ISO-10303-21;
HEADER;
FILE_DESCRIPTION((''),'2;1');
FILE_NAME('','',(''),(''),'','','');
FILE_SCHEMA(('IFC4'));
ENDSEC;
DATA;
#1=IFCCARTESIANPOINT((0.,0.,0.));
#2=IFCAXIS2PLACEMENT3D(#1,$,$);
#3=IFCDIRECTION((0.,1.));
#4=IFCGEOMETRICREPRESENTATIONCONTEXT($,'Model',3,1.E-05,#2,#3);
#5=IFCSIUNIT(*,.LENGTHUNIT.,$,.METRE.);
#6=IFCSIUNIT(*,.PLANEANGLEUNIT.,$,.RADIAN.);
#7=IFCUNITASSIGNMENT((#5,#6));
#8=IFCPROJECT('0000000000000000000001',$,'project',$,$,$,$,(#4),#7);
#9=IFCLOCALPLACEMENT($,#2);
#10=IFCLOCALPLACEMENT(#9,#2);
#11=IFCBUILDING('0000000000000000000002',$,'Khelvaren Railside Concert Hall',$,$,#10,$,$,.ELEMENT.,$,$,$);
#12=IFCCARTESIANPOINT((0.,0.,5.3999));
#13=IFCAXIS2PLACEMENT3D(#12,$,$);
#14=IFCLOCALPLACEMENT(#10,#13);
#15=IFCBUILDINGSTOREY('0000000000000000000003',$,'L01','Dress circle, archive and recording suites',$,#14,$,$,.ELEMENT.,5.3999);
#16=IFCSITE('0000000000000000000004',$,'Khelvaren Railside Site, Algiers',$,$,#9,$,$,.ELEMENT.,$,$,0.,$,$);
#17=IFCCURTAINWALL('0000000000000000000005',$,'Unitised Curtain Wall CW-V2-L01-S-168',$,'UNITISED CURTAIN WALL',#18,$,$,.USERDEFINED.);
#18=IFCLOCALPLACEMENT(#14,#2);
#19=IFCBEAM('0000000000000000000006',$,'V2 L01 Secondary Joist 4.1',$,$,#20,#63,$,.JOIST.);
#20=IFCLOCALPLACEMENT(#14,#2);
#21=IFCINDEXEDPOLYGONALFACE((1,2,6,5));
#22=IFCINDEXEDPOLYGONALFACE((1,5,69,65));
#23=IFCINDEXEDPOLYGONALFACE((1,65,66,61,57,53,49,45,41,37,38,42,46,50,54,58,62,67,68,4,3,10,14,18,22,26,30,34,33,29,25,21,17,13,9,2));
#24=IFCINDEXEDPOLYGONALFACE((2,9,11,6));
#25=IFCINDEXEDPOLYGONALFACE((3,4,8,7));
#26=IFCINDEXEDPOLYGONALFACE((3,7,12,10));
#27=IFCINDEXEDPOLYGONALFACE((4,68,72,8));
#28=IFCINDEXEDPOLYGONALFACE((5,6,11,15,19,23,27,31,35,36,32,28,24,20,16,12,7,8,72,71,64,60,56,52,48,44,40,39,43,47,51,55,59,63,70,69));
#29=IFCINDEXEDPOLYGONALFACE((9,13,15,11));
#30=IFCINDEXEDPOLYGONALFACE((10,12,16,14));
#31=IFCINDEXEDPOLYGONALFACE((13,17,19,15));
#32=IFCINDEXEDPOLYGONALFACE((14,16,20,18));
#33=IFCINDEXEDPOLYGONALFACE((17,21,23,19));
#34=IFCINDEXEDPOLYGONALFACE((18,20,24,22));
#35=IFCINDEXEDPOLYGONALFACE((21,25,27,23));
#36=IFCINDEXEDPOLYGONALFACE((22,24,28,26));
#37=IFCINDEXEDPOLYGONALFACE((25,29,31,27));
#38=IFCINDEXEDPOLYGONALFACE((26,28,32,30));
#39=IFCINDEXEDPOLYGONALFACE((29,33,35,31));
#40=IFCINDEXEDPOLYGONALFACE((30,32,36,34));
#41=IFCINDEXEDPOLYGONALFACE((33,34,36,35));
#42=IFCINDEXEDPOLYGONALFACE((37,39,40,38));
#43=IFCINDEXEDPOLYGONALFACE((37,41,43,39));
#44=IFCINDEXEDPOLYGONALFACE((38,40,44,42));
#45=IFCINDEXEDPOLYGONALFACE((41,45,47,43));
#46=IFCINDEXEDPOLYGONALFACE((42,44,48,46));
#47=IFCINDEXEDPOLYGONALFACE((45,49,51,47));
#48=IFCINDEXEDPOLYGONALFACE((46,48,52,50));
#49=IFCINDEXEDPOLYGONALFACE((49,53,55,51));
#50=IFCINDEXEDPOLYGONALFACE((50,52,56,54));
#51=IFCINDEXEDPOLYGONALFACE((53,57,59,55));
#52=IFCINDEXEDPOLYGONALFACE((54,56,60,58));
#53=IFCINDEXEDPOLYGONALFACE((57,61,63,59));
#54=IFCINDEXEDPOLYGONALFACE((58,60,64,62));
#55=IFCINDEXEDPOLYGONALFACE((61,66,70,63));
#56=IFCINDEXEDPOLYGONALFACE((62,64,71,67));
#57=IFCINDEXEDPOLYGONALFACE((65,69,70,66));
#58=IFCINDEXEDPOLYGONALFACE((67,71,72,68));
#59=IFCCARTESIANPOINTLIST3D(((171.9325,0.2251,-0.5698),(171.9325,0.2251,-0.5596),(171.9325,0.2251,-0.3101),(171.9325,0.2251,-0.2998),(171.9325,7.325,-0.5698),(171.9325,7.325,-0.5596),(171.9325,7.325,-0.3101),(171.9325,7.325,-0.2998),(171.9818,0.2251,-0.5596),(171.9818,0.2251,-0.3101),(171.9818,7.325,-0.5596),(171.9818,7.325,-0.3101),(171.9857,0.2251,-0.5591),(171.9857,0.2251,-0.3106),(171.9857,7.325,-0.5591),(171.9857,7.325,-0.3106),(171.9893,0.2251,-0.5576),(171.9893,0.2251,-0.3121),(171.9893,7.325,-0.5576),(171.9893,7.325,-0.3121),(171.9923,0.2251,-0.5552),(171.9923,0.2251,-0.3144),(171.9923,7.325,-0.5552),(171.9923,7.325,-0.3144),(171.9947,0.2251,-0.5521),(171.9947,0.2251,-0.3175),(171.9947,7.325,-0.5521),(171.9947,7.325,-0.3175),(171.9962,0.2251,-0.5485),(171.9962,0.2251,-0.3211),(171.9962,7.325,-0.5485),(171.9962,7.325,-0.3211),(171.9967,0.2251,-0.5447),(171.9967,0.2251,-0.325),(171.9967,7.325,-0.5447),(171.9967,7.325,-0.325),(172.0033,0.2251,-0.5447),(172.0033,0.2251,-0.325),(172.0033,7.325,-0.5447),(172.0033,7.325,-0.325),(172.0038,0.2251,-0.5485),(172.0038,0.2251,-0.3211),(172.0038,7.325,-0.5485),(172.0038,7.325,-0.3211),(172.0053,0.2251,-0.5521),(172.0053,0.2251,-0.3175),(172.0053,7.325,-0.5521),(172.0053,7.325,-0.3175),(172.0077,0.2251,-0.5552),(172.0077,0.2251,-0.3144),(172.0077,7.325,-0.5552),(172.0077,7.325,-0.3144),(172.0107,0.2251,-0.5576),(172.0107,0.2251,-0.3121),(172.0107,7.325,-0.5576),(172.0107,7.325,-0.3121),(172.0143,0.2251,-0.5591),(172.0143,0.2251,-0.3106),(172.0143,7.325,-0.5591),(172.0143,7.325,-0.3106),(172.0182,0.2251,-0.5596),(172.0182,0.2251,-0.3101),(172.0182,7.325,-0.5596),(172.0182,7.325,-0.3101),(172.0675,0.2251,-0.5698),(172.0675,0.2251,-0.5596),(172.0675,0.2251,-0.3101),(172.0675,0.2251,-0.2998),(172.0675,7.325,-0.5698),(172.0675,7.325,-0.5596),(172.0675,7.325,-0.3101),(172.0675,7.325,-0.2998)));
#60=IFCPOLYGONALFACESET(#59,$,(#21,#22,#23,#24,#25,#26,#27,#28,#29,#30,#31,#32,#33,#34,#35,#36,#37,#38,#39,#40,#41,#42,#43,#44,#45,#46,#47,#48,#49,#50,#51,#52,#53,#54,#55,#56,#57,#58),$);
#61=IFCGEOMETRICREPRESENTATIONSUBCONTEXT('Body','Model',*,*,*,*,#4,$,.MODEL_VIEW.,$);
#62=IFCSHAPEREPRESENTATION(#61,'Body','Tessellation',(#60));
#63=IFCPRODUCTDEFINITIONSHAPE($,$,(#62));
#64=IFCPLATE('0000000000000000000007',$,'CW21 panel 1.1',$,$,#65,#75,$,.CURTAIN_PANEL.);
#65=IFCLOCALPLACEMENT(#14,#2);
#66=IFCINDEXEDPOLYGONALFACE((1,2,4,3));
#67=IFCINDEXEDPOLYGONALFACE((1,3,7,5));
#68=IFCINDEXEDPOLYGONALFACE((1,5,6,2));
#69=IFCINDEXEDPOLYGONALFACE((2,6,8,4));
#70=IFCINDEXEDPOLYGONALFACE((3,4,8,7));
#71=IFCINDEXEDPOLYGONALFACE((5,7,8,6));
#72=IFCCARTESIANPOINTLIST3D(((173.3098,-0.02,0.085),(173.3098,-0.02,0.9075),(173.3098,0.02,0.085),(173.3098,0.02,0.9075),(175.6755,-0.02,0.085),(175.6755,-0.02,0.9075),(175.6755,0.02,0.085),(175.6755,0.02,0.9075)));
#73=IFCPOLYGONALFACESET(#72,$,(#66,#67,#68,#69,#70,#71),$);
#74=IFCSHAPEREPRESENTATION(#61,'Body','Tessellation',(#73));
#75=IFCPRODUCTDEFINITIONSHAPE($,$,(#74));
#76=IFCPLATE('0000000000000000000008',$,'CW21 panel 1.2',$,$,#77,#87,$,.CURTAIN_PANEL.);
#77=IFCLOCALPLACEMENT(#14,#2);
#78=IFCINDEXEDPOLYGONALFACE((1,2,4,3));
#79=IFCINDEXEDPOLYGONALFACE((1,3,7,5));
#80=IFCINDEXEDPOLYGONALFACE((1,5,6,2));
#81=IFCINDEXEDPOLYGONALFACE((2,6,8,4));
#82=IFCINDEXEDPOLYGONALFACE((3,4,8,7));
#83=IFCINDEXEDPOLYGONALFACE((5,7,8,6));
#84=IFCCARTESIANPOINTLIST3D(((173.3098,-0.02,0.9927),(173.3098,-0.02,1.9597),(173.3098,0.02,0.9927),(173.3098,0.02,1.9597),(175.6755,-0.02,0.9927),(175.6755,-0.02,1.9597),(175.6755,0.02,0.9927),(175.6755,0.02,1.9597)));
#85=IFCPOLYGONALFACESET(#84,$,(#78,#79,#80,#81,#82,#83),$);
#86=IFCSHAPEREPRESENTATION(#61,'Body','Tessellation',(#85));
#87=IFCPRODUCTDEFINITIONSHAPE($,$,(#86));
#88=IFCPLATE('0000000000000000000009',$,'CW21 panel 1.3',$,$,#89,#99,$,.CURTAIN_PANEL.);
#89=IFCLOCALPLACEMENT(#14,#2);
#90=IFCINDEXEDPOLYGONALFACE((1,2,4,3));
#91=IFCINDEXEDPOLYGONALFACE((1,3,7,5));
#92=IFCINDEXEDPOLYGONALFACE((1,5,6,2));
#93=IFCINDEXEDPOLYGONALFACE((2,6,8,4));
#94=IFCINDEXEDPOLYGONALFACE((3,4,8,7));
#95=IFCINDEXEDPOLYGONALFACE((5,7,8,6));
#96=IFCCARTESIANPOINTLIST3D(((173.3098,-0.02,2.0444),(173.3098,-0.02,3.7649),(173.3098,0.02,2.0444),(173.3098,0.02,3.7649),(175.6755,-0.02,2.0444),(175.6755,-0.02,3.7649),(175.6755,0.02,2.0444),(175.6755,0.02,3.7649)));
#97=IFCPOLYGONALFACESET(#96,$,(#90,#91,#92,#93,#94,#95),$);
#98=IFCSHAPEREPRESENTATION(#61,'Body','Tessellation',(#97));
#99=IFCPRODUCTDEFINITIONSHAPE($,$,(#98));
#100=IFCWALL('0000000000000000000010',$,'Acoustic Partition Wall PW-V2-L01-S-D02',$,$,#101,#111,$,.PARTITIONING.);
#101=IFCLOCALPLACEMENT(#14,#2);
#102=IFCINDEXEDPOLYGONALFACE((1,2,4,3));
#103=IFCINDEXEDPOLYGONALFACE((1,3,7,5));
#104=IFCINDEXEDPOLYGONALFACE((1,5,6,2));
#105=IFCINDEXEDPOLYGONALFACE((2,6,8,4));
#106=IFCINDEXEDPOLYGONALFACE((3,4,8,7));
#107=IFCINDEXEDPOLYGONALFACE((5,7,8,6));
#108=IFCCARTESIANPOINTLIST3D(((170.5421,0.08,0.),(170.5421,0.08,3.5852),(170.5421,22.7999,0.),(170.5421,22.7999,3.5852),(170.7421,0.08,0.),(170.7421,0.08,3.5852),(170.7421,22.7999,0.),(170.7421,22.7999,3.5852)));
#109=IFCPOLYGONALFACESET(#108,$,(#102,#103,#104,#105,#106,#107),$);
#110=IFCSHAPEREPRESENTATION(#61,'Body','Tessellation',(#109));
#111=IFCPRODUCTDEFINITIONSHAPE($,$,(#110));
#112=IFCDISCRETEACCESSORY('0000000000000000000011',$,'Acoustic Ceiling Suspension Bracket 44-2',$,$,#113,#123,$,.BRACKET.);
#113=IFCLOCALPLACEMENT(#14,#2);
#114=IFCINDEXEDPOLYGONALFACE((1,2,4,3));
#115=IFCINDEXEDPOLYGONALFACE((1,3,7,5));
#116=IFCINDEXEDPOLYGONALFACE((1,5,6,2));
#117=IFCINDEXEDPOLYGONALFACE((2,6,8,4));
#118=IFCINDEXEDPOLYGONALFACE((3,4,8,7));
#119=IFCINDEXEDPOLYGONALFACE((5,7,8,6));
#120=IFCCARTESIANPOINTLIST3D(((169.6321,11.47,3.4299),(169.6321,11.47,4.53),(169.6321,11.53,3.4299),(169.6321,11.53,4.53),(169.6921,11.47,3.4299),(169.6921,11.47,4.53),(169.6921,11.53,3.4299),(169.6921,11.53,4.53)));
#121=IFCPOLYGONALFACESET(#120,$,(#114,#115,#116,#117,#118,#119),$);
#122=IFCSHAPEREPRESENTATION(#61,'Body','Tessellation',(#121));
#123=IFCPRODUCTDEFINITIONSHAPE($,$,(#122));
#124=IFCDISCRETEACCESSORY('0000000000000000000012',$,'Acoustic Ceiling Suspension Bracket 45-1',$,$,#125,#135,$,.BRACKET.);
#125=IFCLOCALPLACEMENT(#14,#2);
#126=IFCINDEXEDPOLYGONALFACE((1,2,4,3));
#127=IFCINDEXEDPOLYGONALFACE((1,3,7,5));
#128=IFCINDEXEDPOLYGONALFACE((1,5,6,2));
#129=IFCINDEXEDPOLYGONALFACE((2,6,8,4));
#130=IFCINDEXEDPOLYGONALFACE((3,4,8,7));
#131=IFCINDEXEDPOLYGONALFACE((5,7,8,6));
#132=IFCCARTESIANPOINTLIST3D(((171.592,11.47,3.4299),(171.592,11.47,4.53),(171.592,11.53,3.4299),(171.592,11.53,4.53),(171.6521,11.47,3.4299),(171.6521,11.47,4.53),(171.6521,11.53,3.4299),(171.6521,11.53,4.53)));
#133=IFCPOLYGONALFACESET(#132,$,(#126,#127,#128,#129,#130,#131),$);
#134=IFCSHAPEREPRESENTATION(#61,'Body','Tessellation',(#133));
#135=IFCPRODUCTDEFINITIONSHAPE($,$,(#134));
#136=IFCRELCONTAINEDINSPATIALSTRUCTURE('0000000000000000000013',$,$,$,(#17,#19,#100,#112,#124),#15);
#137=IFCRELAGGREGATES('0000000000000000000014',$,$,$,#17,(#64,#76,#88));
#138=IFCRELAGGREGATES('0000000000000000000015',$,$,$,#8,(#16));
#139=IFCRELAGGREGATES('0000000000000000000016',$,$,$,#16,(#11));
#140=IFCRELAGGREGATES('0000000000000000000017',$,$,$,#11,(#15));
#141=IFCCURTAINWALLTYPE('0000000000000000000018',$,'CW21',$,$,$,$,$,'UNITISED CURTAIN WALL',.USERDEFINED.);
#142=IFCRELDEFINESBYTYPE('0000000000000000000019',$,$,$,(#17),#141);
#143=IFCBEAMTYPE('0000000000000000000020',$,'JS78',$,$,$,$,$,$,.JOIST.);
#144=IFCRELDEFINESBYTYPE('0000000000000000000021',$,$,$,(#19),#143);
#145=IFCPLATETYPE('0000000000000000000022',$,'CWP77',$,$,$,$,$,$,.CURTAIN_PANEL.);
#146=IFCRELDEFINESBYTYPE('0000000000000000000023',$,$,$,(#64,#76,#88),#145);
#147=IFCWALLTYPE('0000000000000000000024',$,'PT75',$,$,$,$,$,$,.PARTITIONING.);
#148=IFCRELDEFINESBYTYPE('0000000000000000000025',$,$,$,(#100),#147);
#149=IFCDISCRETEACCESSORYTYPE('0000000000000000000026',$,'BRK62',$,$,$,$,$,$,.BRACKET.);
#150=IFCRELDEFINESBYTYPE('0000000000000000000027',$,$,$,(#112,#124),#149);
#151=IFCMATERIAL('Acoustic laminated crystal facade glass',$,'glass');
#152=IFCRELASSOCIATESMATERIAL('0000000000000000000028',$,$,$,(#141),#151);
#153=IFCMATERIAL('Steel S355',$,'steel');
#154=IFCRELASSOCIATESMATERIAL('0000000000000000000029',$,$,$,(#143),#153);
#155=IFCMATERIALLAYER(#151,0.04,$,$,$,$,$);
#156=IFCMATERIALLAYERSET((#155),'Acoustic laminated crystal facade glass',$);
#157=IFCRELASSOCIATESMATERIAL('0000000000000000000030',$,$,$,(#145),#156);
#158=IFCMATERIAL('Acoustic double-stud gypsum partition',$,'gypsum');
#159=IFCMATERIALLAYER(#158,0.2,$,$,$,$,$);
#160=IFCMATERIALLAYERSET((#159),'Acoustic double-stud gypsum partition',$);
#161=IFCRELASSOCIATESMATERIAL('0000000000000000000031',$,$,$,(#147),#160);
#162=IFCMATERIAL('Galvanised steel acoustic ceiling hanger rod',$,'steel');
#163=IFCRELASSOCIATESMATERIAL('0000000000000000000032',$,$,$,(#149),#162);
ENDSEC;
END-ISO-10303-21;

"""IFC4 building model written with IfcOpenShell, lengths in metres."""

from ifc_helpers import new_model, si_unit, direction, frame, frame_2d, origin, origin_2d, place, context, subcontext, project, spatial, rectangle, i_section, extrude, material, layer, layer_set, material_profile, profile_set, type_object, element, aggregate, save


model = new_model("IFC4")

# Units and contexts
model_context = context("Model", 3, precision=1e-05, world=origin(), true_north=direction((0.0, 1.0)))
body_context = subcontext(model_context, "Body", "Model", "MODEL_VIEW")
ifc_project = project(units=[si_unit("LENGTHUNIT", "METRE"), si_unit("PLANEANGLEUNIT", "RADIAN")], contexts=[model_context])

# Site, building, storey
site_placement = place(None, origin())
site = spatial("IfcSite", under=ifc_project, at=site_placement, Name="Khelvaren Railside Site, Algiers", CompositionType="ELEMENT", RefElevation=0.0)
building_placement = place(site_placement, origin())
building = spatial("IfcBuilding", under=site, at=building_placement, Name="Khelvaren Railside Concert Hall", CompositionType="ELEMENT")
storey_placement = place(building_placement, frame((0.0, 0.0, 5.3999)))
storey = spatial("IfcBuildingStorey", under=building, at=storey_placement, Name="L01", Description="Dress circle, archive and recording suites", CompositionType="ELEMENT", Elevation=5.3999)

# Shared definitions
ifc_material_1 = material(Name="Steel S355", Category="steel")

# Curtain wall
ifc_material_2 = material(Name="Acoustic laminated crystal facade glass", Category="glass")
curtain_wall_type = type_object("IfcCurtainWallType", Name="CW21", ElementType="UNITISED CURTAIN WALL", PredefinedType="USERDEFINED", material=ifc_material_2)
curtain_wall_placement = place(storey_placement, origin())
curtain_wall = element("IfcCurtainWall", 1, at=curtain_wall_placement, inside=storey, type_object=curtain_wall_type, Name="Unitised Curtain Wall CW-V2-L01-S-168", ObjectType="UNITISED CURTAIN WALL", PredefinedType="USERDEFINED")

# Beam
ifc_material_profile_1 = material_profile(ifc_material_1, i_section(OverallWidth=0.135, OverallDepth=0.27, WebThickness=0.0066, FlangeThickness=0.0103, FilletRadius=0.0149, at=origin_2d()), Name="IPE 270")
ifc_profile_set_1 = profile_set([ifc_material_profile_1], Name="Steel S355")
beam_type_1 = type_object("IfcBeamType", Name="JS78", PredefinedType="JOIST", material=ifc_profile_set_1)
beam_1_placement = place(storey_placement, frame((172.0, 0.2251, -0.4348), z_axis=(0.0, 1.0, 0.0), x_axis=(-1.0, 0.0, 0.0)))
element("IfcBeam", 2, at=beam_1_placement, inside=storey, type_object=beam_type_1, Name="V2 L01 Secondary Joist 4.1", PredefinedType="JOIST", context=body_context, shape_type="SweptSolid", body=[
    extrude(i_section(OverallWidth=0.135, OverallDepth=0.27, WebThickness=0.0066, FlangeThickness=0.0103, FilletRadius=0.0149, at=origin_2d()), origin(), (0.0, 0.0, 1.0), 7.0999),
])

# Plates
ifc_layer_1 = layer(ifc_material_2, 0.04)
ifc_layer_set_1 = layer_set([ifc_layer_1], Name="Acoustic laminated crystal facade glass")
plate_type = type_object("IfcPlateType", Name="CWP77", PredefinedType="CURTAIN_PANEL", material=ifc_layer_set_1)
plate_1_placement = place(storey_placement, frame((174.4927, 0.0, 0.085), z_axis=(0.0, 0.0, 1.0), x_axis=(-1.0, 0.0, 0.0)))
plate_1 = element("IfcPlate", 3, at=plate_1_placement, type_object=plate_type, Name="CW21 panel 1.1", PredefinedType="CURTAIN_PANEL", context=body_context, shape_type="SweptSolid", body=[
    extrude(rectangle(XDim=2.3657, YDim=0.04, at=origin_2d()), origin(), (0.0, 0.0, 1.0), 0.8225),
])
plate_2_placement = place(storey_placement, frame((174.4927, 0.0, 0.9927), z_axis=(0.0, 0.0, 1.0), x_axis=(-1.0, 0.0, 0.0)))
plate_2 = element("IfcPlate", 4, at=plate_2_placement, type_object=plate_type, Name="CW21 panel 1.2", PredefinedType="CURTAIN_PANEL", context=body_context, shape_type="SweptSolid", body=[
    extrude(rectangle(XDim=2.3657, YDim=0.04, at=origin_2d()), origin(), (0.0, 0.0, 1.0), 0.967),
])
plate_3_placement = place(storey_placement, frame((174.4927, 0.0, 2.0444), z_axis=(0.0, 0.0, 1.0), x_axis=(-1.0, 0.0, 0.0)))
plate_3 = element("IfcPlate", 5, at=plate_3_placement, type_object=plate_type, Name="CW21 panel 1.3", PredefinedType="CURTAIN_PANEL", context=body_context, shape_type="SweptSolid", body=[
    extrude(rectangle(XDim=2.3657, YDim=0.04, at=origin_2d()), origin(), (0.0, 0.0, 1.0), 1.7205),
])
aggregate(curtain_wall, [plate_1, plate_2, plate_3])

# Wall
ifc_material_3 = material(Name="Acoustic double-stud gypsum partition", Category="gypsum")
ifc_layer_2 = layer(ifc_material_3, 0.2)
ifc_layer_set_2 = layer_set([ifc_layer_2], Name="Acoustic double-stud gypsum partition")
wall_type = type_object("IfcWallType", Name="PT75", PredefinedType="PARTITIONING", material=ifc_layer_set_2)
wall_placement = place(storey_placement, frame((170.6421, 0.0801, 0.0), z_axis=(0.0, 0.0, 1.0), x_axis=(0.0, 1.0, 0.0)))
element("IfcWall", 6, at=wall_placement, inside=storey, type_object=wall_type, Name="Acoustic Partition Wall PW-V2-L01-S-D02", PredefinedType="PARTITIONING", context=body_context, shape_type="SweptSolid", body=[
    extrude(rectangle(XDim=22.72, YDim=0.2, at=frame_2d((11.3599, 0.0))), origin(), (0.0, 0.0, 1.0), 3.5852),
])

# Discrete accessories
ifc_material_4 = material(Name="Galvanised steel acoustic ceiling hanger rod", Category="steel")
discrete_accessory_type = type_object("IfcDiscreteAccessoryType", Name="BRK62", PredefinedType="BRACKET", material=ifc_material_4)
for number, where, z_axis, x_axis, name in (
    (7, (169.6621, 11.5, 3.4299), (0.0, 0.0, 1.0), (1.0, 0.0, 0.0), "Acoustic Ceiling Suspension Bracket 44-2"),
    (8, (171.6221, 11.5, 3.4299), (0.0, 0.0, 1.0), (1.0, 0.0, 0.0), "Acoustic Ceiling Suspension Bracket 45-1"),
):
    element("IfcDiscreteAccessory", number, at=place(storey_placement, frame(where, z_axis=z_axis, x_axis=x_axis)), inside=storey, type_object=discrete_accessory_type, Name=name, PredefinedType="BRACKET", context=body_context, shape_type="SweptSolid", body=[
        extrude(rectangle(XDim=0.0601, YDim=0.0601, at=origin_2d()), origin(), (0.0, 0.0, 1.0), 1.1001),
    ])

save(model, "model.ifc")
